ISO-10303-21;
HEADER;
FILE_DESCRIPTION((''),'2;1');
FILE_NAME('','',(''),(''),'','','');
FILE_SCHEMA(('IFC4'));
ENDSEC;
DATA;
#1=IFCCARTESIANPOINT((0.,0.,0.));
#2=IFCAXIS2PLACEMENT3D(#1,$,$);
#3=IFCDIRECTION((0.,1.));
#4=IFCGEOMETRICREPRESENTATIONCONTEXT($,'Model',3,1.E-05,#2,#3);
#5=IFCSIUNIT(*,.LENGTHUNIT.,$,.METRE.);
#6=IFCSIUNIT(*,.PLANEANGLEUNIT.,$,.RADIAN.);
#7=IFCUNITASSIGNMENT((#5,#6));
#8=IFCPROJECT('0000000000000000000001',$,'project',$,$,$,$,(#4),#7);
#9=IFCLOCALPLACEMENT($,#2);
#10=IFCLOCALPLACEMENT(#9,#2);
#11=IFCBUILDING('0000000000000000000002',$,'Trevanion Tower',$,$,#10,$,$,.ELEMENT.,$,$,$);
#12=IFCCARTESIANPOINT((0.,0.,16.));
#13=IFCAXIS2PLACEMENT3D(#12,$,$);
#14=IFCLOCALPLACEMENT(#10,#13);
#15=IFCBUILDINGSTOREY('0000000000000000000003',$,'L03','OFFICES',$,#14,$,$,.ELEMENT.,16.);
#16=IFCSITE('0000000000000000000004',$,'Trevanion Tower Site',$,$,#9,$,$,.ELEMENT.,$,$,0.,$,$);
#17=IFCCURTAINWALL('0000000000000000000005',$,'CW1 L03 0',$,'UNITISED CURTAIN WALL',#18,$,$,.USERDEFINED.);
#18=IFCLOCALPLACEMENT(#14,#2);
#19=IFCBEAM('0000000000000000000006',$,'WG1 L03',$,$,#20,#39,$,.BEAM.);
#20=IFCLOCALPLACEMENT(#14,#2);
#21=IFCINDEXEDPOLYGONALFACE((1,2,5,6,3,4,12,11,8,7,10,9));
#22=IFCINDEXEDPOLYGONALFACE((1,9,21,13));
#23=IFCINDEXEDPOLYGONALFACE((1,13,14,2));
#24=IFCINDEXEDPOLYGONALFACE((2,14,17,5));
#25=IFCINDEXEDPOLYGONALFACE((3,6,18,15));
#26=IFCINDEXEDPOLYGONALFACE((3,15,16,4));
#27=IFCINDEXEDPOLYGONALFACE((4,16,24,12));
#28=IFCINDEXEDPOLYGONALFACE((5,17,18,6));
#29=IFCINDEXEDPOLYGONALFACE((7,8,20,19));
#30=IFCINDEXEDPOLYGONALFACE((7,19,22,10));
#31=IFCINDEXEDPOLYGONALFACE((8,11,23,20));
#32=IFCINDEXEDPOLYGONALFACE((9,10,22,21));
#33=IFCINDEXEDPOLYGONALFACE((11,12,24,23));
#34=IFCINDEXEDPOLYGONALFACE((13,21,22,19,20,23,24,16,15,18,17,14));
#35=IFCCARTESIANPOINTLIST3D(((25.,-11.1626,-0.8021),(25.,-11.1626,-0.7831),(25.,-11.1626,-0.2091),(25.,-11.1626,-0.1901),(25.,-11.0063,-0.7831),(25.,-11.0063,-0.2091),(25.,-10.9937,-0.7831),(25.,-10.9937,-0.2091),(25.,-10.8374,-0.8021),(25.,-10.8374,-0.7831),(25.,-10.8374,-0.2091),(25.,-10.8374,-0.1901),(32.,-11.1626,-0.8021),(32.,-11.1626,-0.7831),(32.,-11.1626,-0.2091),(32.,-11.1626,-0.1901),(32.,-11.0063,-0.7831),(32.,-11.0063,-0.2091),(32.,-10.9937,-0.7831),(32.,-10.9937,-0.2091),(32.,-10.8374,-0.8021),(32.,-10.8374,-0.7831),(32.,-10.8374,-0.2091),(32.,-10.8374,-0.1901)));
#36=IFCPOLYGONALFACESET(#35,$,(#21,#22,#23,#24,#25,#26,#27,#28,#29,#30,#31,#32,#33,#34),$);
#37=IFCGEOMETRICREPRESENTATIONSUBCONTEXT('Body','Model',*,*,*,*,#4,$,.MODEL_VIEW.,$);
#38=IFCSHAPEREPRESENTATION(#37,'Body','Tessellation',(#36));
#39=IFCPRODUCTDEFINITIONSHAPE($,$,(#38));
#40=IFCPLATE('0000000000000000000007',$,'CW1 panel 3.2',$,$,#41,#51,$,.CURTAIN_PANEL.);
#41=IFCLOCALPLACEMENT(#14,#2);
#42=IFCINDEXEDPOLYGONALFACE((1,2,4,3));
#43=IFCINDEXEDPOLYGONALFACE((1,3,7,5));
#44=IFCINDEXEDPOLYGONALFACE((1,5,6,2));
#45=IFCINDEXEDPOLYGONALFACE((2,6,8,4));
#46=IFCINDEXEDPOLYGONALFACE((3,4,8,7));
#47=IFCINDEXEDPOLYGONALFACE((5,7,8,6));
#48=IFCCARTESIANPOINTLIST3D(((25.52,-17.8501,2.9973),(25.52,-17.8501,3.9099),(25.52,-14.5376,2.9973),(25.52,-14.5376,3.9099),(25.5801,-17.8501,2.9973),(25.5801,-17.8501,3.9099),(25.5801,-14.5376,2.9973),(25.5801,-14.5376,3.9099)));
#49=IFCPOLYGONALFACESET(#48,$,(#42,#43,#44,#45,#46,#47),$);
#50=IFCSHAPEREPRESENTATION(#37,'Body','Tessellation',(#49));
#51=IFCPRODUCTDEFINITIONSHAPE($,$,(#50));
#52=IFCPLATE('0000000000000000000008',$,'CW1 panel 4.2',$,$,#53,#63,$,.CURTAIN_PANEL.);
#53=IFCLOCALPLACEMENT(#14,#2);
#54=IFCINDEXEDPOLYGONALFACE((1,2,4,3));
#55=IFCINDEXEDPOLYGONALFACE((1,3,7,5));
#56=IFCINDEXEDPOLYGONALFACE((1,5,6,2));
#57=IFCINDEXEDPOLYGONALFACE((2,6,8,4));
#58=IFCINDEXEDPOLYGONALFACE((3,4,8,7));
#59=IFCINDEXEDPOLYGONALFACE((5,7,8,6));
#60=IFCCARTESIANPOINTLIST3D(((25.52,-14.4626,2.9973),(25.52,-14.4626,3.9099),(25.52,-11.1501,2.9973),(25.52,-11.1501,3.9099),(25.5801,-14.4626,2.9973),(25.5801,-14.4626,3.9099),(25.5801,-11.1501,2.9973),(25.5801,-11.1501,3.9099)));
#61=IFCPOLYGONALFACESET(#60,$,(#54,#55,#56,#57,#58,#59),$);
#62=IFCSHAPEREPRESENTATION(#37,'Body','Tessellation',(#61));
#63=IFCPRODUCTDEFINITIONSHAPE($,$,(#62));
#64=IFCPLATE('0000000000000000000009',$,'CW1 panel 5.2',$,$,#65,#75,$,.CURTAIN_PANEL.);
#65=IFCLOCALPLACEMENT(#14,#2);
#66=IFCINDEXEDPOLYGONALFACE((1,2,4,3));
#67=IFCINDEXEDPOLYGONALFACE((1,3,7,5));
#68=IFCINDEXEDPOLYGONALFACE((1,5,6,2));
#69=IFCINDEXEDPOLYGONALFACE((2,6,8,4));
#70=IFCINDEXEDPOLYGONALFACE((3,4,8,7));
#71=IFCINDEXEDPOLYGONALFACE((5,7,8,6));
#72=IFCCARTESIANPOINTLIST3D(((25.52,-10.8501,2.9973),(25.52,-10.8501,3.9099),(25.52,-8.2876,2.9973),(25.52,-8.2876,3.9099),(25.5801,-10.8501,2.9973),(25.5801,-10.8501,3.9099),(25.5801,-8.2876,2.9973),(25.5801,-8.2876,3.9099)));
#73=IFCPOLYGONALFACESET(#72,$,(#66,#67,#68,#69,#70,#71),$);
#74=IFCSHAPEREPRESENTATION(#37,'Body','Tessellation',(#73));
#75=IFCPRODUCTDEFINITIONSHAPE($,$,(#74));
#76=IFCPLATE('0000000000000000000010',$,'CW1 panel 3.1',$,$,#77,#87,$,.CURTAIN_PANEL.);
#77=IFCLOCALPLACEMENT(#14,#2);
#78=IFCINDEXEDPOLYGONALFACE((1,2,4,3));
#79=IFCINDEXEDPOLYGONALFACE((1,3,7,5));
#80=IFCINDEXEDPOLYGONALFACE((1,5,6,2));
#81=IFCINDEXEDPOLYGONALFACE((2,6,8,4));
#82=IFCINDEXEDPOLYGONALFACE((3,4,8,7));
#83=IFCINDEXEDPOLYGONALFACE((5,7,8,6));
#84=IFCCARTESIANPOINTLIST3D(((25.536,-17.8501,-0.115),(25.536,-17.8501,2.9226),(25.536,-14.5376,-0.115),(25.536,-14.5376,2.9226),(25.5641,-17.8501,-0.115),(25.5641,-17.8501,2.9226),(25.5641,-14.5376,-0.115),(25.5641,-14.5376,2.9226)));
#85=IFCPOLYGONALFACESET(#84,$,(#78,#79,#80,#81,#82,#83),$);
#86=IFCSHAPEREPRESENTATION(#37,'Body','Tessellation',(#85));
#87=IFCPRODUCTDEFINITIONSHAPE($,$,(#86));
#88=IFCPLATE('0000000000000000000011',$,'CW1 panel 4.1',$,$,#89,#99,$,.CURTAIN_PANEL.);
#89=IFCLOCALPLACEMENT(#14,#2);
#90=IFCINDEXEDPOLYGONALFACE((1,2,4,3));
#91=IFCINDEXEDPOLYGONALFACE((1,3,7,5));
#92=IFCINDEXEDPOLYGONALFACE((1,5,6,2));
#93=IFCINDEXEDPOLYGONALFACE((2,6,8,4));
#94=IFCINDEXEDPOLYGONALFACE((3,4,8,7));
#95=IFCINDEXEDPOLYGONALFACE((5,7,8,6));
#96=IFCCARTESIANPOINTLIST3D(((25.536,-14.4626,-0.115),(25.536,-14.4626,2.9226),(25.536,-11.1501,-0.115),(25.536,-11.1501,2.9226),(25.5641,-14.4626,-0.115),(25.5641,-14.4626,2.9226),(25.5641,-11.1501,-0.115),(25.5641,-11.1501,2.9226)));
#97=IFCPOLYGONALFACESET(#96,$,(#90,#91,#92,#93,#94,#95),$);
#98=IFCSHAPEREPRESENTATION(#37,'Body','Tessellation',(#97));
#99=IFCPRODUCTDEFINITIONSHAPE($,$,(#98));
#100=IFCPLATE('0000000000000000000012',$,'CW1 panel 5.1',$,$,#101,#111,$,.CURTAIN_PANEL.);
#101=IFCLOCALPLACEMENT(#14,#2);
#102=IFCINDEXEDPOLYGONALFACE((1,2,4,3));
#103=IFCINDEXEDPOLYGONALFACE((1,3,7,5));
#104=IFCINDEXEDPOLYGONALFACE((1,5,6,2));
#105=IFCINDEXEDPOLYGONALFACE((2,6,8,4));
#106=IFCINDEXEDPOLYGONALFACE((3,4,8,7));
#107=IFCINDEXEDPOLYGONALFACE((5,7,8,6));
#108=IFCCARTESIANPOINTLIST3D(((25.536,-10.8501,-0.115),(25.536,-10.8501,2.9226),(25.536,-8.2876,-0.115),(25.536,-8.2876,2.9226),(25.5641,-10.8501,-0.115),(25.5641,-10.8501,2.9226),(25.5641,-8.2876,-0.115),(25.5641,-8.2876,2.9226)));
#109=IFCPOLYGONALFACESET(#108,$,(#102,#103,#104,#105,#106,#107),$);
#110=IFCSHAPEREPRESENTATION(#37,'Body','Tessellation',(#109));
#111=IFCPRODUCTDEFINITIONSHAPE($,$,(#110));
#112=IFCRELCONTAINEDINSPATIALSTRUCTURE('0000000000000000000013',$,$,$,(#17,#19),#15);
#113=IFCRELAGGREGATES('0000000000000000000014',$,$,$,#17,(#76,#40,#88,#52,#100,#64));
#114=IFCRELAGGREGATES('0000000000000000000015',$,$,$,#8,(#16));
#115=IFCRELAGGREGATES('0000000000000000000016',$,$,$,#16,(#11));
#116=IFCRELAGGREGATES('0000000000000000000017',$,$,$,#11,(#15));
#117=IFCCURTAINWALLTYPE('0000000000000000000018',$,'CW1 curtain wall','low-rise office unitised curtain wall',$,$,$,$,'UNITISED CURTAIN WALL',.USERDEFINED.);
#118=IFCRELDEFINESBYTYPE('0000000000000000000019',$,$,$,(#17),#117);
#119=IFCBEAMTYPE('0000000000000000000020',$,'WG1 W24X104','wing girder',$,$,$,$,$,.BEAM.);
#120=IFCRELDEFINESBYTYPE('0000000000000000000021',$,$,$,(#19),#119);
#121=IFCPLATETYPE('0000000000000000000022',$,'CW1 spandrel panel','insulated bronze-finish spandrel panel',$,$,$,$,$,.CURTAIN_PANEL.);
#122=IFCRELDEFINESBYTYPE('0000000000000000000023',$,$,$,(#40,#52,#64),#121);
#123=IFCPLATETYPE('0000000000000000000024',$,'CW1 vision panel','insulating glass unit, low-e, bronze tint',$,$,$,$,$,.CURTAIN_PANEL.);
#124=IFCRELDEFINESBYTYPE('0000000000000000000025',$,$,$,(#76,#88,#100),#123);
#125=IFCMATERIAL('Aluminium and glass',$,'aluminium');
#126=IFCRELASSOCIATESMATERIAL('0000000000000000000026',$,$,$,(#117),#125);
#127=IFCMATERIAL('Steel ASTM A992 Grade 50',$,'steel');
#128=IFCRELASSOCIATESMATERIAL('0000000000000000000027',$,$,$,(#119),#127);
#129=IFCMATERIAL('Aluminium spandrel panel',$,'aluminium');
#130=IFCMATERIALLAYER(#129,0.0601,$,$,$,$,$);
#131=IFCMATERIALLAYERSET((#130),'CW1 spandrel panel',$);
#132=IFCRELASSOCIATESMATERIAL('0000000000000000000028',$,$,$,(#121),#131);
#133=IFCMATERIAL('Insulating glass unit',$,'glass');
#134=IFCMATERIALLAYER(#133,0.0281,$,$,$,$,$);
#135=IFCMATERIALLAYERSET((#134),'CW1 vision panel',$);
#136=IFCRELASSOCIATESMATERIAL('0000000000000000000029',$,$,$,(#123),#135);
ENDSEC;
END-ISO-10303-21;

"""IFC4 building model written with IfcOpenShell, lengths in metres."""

from ifc_helpers import new_model, si_unit, direction, frame, origin, origin_2d, place, context, subcontext, project, spatial, rectangle, i_section, extrude, material, layer, layer_set, material_profile, profile_set, type_object, element, aggregate, save


model = new_model("IFC4")

# Units and contexts
model_context = context("Model", 3, precision=1e-05, world=origin(), true_north=direction((0.0, 1.0)))
body_context = subcontext(model_context, "Body", "Model", "MODEL_VIEW")
ifc_project = project(units=[si_unit("LENGTHUNIT", "METRE"), si_unit("PLANEANGLEUNIT", "RADIAN")], contexts=[model_context])

# Site, building, storey
site_placement = place(None, origin())
site = spatial("IfcSite", under=ifc_project, at=site_placement, Name="Trevanion Tower Site", CompositionType="ELEMENT", RefElevation=0.0)
building_placement = place(site_placement, origin())
building = spatial("IfcBuilding", under=site, at=building_placement, Name="Trevanion Tower", CompositionType="ELEMENT")
storey_placement = place(building_placement, frame((0.0, 0.0, 16.0)))
storey = spatial("IfcBuildingStorey", under=building, at=storey_placement, Name="L03", Description="OFFICES", CompositionType="ELEMENT", Elevation=16.0)

# Curtain wall
ifc_material_1 = material(Name="Aluminium and glass", Category="aluminium")
curtain_wall_type = type_object("IfcCurtainWallType", Name="CW1 curtain wall", Description="low-rise office unitised curtain wall", ElementType="UNITISED CURTAIN WALL", PredefinedType="USERDEFINED", material=ifc_material_1)
curtain_wall_placement = place(storey_placement, origin())
curtain_wall = element("IfcCurtainWall", 1, at=curtain_wall_placement, inside=storey, type_object=curtain_wall_type, Name="CW1 L03 0", ObjectType="UNITISED CURTAIN WALL", PredefinedType="USERDEFINED")

# Beam
ifc_material_2 = material(Name="Steel ASTM A992 Grade 50", Category="steel")
ifc_material_profile_1 = material_profile(ifc_material_2, i_section(OverallWidth=0.3252, OverallDepth=0.6121, WebThickness=0.0127, FlangeThickness=0.019, at=origin_2d()), Name="W24X104")
ifc_profile_set_1 = profile_set([ifc_material_profile_1], Name="Steel ASTM A992 Grade 50")
beam_type_1 = type_object("IfcBeamType", Name="WG1 W24X104", Description="wing girder", PredefinedType="BEAM", material=ifc_profile_set_1)
beam_1_placement = place(storey_placement, frame((25.0, -11.0, -0.4961), z_axis=(1.0, 0.0, 0.0), x_axis=(0.0, 1.0, 0.0)))
element("IfcBeam", 2, at=beam_1_placement, inside=storey, type_object=beam_type_1, Name="WG1 L03", PredefinedType="BEAM", context=body_context, shape_type="SweptSolid", body=[
    extrude(i_section(OverallWidth=0.3252, OverallDepth=0.6121, WebThickness=0.0127, FlangeThickness=0.019, at=origin_2d()), origin(), (0.0, 0.0, 1.0), 7.0),
])

# Plates
ifc_material_3 = material(Name="Aluminium spandrel panel", Category="aluminium")
ifc_layer_1 = layer(ifc_material_3, 0.0601)
ifc_layer_set_1 = layer_set([ifc_layer_1], Name="CW1 spandrel panel")
plate_type_1 = type_object("IfcPlateType", Name="CW1 spandrel panel", Description="insulated bronze-finish spandrel panel", PredefinedType="CURTAIN_PANEL", material=ifc_layer_set_1)
plate_1_placement = place(storey_placement, frame((25.55, -16.1938, 2.9973), z_axis=(0.0, 0.0, 1.0), x_axis=(0.0, 1.0, 0.0)))
plate_1 = element("IfcPlate", 3, at=plate_1_placement, type_object=plate_type_1, Name="CW1 panel 3.2", PredefinedType="CURTAIN_PANEL", context=body_context, shape_type="SweptSolid", body=[
    extrude(rectangle(XDim=3.3125, YDim=0.0601, at=origin_2d()), origin(), (0.0, 0.0, 1.0), 0.9126),
])
plate_2_placement = place(storey_placement, frame((25.55, -12.8064, 2.9973), z_axis=(0.0, 0.0, 1.0), x_axis=(0.0, 1.0, 0.0)))
plate_2 = element("IfcPlate", 4, at=plate_2_placement, type_object=plate_type_1, Name="CW1 panel 4.2", PredefinedType="CURTAIN_PANEL", context=body_context, shape_type="SweptSolid", body=[
    extrude(rectangle(XDim=3.3125, YDim=0.0601, at=origin_2d()), origin(), (0.0, 0.0, 1.0), 0.9126),
])
plate_3_placement = place(storey_placement, frame((25.55, -9.5688, 2.9973), z_axis=(0.0, 0.0, 1.0), x_axis=(0.0, 1.0, 0.0)))
plate_3 = element("IfcPlate", 5, at=plate_3_placement, type_object=plate_type_1, Name="CW1 panel 5.2", PredefinedType="CURTAIN_PANEL", context=body_context, shape_type="SweptSolid", body=[
    extrude(rectangle(XDim=2.5625, YDim=0.0601, at=origin_2d()), origin(), (0.0, 0.0, 1.0), 0.9126),
])
ifc_material_4 = material(Name="Insulating glass unit", Category="glass")
ifc_layer_2 = layer(ifc_material_4, 0.0281)
ifc_layer_set_2 = layer_set([ifc_layer_2], Name="CW1 vision panel")
plate_type_2 = type_object("IfcPlateType", Name="CW1 vision panel", Description="insulating glass unit, low-e, bronze tint", PredefinedType="CURTAIN_PANEL", material=ifc_layer_set_2)
plate_4_placement = place(storey_placement, frame((25.55, -16.1938, -0.115), z_axis=(0.0, 0.0, 1.0), x_axis=(0.0, 1.0, 0.0)))
plate_4 = element("IfcPlate", 6, at=plate_4_placement, type_object=plate_type_2, Name="CW1 panel 3.1", PredefinedType="CURTAIN_PANEL", context=body_context, shape_type="SweptSolid", body=[
    extrude(rectangle(XDim=3.3125, YDim=0.0281, at=origin_2d()), origin(), (0.0, 0.0, 1.0), 3.0376),
])
plate_5_placement = place(storey_placement, frame((25.55, -12.8064, -0.115), z_axis=(0.0, 0.0, 1.0), x_axis=(0.0, 1.0, 0.0)))
plate_5 = element("IfcPlate", 7, at=plate_5_placement, type_object=plate_type_2, Name="CW1 panel 4.1", PredefinedType="CURTAIN_PANEL", context=body_context, shape_type="SweptSolid", body=[
    extrude(rectangle(XDim=3.3125, YDim=0.0281, at=origin_2d()), origin(), (0.0, 0.0, 1.0), 3.0376),
])
plate_6_placement = place(storey_placement, frame((25.55, -9.5688, -0.115), z_axis=(0.0, 0.0, 1.0), x_axis=(0.0, 1.0, 0.0)))
plate_6 = element("IfcPlate", 8, at=plate_6_placement, type_object=plate_type_2, Name="CW1 panel 5.1", PredefinedType="CURTAIN_PANEL", context=body_context, shape_type="SweptSolid", body=[
    extrude(rectangle(XDim=2.5625, YDim=0.0281, at=origin_2d()), origin(), (0.0, 0.0, 1.0), 3.0376),
])
aggregate(curtain_wall, [plate_4, plate_1, plate_5, plate_2, plate_6, plate_3])

save(model, "model.ifc")
